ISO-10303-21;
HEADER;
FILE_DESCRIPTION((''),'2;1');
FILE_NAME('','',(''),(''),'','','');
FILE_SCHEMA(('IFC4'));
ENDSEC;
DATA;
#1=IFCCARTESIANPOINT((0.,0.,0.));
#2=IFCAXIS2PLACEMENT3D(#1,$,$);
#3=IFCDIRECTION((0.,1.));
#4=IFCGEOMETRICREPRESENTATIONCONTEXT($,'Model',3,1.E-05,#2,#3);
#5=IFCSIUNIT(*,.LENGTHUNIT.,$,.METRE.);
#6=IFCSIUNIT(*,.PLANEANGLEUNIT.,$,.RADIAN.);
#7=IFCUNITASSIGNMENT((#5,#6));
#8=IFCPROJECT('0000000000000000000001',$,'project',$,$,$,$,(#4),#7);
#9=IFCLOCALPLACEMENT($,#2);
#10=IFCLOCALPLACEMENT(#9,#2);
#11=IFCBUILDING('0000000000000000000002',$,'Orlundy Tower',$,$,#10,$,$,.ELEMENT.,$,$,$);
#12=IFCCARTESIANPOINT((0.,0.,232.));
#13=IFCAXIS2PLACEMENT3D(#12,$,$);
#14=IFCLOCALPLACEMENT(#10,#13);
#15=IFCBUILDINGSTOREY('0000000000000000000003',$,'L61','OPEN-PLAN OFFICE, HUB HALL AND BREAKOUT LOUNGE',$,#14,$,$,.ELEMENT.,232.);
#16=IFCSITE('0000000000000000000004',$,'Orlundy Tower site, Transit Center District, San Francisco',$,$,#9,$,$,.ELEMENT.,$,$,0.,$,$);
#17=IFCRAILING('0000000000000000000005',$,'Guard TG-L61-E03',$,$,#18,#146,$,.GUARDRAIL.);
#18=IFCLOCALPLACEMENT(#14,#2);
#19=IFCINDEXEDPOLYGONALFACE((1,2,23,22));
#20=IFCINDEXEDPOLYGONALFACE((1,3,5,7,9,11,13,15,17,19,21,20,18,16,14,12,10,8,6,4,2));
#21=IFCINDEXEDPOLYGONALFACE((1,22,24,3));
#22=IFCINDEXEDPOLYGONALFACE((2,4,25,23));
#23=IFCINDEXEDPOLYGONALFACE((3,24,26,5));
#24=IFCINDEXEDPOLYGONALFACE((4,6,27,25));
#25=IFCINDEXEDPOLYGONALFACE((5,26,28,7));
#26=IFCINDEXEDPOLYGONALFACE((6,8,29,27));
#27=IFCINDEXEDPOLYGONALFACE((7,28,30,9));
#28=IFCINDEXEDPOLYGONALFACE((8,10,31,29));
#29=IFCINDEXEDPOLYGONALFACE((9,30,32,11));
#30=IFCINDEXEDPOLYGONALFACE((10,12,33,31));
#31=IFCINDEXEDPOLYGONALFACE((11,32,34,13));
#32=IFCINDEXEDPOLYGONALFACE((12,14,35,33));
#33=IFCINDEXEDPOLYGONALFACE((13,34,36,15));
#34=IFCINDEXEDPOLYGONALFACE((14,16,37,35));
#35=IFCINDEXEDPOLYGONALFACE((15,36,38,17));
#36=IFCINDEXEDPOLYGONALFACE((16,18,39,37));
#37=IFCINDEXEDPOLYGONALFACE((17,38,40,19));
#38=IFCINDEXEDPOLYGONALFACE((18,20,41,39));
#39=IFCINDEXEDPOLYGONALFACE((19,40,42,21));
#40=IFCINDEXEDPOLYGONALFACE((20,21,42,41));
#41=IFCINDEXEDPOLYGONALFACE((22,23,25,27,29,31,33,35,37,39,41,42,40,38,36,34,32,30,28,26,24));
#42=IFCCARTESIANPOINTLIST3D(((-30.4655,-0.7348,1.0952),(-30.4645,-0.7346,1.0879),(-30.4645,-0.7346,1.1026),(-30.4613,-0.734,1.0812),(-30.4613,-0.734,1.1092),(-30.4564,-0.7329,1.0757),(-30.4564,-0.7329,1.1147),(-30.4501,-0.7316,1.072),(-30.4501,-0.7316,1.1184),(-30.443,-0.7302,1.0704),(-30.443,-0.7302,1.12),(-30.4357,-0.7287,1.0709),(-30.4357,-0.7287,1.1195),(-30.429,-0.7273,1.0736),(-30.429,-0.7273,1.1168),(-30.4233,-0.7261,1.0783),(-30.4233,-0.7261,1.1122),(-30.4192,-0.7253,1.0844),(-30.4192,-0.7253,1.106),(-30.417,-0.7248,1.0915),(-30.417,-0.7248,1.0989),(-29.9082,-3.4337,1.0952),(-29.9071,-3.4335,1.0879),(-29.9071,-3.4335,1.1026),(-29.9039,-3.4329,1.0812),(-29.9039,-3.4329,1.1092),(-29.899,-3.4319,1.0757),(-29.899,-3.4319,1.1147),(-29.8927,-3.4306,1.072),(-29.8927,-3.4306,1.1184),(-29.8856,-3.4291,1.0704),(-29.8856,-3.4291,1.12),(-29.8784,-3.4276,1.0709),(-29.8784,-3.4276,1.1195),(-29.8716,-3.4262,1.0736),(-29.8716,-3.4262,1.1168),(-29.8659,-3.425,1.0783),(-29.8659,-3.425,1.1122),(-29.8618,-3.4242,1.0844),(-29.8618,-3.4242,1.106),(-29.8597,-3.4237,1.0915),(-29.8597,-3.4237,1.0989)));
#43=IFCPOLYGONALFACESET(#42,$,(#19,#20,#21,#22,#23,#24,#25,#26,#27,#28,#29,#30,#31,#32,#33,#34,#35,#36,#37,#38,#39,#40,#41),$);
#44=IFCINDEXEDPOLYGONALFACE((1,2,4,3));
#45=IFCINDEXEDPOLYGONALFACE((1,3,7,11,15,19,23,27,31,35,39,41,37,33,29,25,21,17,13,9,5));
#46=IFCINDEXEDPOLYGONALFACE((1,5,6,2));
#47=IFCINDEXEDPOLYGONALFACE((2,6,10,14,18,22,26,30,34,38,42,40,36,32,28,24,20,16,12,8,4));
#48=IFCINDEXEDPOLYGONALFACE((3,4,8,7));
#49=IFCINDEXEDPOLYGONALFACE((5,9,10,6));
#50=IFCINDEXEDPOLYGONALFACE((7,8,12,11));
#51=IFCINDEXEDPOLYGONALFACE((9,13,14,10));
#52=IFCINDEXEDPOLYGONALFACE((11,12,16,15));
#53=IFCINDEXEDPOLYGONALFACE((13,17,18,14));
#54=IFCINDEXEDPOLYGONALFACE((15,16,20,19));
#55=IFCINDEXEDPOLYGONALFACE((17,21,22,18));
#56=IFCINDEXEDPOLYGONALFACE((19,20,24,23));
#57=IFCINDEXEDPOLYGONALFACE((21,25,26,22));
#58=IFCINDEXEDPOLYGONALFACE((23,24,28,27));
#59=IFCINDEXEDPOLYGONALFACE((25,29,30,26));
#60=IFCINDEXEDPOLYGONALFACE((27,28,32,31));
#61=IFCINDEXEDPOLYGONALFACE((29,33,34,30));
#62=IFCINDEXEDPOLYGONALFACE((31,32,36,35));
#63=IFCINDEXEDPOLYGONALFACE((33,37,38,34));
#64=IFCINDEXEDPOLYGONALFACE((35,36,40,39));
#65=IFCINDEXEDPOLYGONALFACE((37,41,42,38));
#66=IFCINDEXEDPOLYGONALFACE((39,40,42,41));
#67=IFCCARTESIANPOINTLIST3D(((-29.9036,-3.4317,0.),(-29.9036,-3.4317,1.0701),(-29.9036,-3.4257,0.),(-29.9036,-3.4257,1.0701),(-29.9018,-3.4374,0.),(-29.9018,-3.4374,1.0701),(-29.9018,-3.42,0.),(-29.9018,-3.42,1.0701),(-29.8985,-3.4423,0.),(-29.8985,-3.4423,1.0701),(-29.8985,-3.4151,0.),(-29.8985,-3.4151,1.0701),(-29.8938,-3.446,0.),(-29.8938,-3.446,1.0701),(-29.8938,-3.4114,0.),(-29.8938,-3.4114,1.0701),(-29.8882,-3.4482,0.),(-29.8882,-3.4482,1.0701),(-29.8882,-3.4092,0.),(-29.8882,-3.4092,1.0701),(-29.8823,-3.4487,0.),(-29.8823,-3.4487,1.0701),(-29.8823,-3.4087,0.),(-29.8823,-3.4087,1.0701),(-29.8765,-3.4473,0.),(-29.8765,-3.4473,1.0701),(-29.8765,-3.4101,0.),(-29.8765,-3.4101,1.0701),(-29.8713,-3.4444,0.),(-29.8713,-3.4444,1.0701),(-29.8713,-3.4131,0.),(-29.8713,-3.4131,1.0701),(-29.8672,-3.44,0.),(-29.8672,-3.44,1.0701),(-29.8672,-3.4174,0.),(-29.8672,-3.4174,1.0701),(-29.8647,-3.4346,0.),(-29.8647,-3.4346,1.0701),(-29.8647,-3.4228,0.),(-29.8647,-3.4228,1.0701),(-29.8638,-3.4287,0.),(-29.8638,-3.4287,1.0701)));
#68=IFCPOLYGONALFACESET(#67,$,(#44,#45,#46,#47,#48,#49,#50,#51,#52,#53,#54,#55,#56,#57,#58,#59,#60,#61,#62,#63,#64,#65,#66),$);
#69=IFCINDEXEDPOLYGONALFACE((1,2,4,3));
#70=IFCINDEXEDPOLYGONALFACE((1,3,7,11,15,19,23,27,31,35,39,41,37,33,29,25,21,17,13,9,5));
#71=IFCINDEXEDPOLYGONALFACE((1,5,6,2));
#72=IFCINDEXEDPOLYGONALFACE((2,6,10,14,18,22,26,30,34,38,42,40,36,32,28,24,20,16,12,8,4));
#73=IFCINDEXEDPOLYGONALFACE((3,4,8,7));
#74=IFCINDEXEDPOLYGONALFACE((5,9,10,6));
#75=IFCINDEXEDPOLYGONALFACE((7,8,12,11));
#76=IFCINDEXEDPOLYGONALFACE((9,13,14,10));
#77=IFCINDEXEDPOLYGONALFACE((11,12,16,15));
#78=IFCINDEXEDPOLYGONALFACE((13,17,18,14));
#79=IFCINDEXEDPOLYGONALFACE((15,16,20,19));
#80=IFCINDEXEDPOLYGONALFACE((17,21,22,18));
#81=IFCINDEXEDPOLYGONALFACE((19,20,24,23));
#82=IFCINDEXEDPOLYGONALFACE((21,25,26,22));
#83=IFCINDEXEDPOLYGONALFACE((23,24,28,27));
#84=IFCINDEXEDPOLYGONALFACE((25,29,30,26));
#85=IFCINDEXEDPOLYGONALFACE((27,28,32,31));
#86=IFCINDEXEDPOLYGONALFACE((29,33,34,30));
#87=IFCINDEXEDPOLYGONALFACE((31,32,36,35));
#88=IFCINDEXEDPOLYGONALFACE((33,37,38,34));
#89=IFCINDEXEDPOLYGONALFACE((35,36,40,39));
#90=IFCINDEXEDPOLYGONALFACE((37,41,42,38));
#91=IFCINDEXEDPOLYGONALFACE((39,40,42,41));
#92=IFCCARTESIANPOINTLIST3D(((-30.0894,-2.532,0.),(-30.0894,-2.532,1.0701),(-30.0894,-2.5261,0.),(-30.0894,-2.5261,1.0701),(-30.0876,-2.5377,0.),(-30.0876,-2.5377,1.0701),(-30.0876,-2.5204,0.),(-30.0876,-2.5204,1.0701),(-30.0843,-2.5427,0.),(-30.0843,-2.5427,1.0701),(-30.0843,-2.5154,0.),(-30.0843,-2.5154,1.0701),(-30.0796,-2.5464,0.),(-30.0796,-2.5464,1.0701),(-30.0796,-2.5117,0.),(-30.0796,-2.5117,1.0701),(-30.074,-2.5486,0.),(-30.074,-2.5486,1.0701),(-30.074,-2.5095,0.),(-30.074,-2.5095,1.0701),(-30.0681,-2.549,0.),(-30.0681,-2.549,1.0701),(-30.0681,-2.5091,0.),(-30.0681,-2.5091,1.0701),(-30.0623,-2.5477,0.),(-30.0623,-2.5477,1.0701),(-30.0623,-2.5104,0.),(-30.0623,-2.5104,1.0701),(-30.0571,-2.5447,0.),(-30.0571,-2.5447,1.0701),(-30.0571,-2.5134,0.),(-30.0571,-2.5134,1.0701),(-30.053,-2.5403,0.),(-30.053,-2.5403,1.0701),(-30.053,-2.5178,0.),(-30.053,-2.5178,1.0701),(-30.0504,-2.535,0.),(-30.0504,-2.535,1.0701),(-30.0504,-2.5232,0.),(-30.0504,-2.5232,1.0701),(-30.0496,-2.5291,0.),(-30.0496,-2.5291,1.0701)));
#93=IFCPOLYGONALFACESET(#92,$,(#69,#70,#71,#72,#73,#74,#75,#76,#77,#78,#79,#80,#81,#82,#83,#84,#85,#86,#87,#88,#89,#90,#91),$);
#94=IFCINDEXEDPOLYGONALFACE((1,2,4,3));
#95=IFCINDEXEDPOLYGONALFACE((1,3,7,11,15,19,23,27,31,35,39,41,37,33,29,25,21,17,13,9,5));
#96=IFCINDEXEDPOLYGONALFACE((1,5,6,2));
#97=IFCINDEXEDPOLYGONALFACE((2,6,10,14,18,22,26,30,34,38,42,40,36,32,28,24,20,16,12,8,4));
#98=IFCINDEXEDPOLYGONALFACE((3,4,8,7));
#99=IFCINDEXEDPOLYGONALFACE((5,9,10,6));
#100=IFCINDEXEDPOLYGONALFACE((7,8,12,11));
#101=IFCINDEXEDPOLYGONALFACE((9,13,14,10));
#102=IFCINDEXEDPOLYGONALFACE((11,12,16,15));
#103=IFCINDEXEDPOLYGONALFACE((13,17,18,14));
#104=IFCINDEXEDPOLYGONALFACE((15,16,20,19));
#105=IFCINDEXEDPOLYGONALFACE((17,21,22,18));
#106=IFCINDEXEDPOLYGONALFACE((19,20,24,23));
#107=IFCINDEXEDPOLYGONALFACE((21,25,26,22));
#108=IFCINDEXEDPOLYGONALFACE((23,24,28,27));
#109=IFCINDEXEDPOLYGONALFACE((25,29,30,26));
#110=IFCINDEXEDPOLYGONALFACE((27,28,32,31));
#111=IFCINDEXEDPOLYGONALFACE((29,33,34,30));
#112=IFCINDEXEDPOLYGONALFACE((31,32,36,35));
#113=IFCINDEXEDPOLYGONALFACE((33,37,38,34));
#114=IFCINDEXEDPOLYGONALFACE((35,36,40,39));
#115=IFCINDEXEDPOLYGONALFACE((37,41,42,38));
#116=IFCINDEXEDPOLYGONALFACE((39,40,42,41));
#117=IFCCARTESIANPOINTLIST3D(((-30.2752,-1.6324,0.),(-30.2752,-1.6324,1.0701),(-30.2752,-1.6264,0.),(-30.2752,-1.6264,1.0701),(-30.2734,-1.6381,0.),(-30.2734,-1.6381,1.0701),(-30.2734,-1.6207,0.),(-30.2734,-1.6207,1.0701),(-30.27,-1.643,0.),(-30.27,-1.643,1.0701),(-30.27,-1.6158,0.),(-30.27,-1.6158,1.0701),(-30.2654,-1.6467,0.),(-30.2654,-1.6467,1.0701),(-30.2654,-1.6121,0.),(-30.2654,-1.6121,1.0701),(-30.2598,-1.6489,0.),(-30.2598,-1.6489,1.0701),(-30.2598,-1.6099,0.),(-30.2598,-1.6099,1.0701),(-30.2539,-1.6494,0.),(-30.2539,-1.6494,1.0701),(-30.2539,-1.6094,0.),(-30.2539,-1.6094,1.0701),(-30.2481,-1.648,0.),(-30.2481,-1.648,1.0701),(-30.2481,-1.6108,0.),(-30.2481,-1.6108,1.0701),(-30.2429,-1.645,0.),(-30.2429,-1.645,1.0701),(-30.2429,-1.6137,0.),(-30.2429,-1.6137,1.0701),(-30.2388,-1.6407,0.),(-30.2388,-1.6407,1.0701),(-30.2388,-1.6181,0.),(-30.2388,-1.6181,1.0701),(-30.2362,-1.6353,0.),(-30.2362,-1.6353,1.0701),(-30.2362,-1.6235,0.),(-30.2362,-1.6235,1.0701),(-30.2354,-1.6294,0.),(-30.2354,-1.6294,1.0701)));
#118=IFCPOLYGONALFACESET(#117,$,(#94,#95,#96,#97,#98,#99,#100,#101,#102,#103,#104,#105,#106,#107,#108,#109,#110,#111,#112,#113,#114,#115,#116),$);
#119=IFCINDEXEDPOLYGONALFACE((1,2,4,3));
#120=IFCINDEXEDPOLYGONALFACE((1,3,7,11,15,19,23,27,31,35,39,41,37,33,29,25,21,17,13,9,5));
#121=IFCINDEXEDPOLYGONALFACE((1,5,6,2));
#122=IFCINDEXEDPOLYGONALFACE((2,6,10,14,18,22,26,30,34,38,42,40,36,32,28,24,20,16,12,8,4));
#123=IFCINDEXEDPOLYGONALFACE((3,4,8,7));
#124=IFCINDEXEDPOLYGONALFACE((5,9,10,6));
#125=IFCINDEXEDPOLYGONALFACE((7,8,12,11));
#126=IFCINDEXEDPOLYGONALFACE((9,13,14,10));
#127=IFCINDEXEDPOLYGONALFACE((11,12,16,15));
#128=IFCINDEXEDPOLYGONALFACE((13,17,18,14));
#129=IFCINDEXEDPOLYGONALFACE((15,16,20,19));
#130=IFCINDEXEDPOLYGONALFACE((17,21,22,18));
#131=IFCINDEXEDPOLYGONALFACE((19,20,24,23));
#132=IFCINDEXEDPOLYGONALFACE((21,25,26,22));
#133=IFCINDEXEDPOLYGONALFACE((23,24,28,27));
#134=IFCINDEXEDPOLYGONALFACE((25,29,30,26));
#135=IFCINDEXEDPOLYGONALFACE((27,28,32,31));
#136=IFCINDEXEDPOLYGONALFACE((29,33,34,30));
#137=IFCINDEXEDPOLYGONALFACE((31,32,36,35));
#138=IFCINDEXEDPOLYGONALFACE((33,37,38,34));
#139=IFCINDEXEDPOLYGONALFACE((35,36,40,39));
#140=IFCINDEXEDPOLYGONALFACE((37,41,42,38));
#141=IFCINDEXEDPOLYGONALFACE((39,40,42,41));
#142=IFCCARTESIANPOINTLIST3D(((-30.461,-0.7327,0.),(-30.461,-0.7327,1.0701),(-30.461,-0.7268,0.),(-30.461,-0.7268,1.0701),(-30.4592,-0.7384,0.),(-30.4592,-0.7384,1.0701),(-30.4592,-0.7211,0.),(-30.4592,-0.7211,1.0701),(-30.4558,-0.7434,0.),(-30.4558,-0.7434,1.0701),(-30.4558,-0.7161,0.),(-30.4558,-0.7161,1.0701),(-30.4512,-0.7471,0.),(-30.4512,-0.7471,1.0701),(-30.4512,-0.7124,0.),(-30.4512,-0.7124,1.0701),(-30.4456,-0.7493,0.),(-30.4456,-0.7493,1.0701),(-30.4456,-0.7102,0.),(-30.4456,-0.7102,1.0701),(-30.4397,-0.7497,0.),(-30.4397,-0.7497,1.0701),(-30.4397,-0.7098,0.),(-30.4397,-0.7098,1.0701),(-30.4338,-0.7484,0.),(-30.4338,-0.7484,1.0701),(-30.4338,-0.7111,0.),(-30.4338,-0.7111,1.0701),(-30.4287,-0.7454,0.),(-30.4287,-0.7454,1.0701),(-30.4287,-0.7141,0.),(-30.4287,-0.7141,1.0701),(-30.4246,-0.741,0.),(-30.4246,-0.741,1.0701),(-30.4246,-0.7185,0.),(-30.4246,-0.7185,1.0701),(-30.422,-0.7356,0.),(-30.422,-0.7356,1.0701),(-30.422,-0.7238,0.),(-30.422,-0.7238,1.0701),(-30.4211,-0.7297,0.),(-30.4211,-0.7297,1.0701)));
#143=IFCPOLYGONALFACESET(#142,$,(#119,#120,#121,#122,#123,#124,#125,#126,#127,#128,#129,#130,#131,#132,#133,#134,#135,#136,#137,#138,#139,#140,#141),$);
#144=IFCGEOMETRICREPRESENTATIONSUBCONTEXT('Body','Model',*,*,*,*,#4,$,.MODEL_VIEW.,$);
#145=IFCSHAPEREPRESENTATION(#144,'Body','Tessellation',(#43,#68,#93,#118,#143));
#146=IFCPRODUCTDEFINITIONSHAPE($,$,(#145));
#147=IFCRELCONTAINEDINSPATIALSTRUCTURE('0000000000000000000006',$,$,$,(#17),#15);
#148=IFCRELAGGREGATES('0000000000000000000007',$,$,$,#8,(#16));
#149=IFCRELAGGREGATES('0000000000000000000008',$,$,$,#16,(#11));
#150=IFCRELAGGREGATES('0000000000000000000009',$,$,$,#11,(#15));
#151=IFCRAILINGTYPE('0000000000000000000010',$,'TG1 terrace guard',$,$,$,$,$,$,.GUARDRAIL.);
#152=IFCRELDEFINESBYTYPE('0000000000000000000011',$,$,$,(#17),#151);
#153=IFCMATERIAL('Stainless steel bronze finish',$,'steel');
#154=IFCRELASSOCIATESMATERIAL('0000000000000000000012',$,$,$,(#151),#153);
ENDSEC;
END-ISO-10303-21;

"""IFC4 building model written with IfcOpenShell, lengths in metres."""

from ifc_helpers import new_model, si_unit, direction, frame, origin, origin_2d, place, context, subcontext, project, spatial, circle, extrude, material, type_object, element, save


model = new_model("IFC4")

# Units and contexts
model_context = context("Model", 3, precision=1e-05, world=origin(), true_north=direction((0.0, 1.0)))
body_context = subcontext(model_context, "Body", "Model", "MODEL_VIEW")
ifc_project = project(units=[si_unit("LENGTHUNIT", "METRE"), si_unit("PLANEANGLEUNIT", "RADIAN")], contexts=[model_context])

# Site, building, storey
site_placement = place(None, origin())
site = spatial("IfcSite", under=ifc_project, at=site_placement, Name="Orlundy Tower site, Transit Center District, San Francisco", CompositionType="ELEMENT", RefElevation=0.0)
building_placement = place(site_placement, origin())
building = spatial("IfcBuilding", under=site, at=building_placement, Name="Orlundy Tower", CompositionType="ELEMENT")
storey_placement = place(building_placement, frame((0.0, 0.0, 232.0)))
storey = spatial("IfcBuildingStorey", under=building, at=storey_placement, Name="L61", Description="OPEN-PLAN OFFICE, HUB HALL AND BREAKOUT LOUNGE", CompositionType="ELEMENT", Elevation=232.0)

# Railing
ifc_material_1 = material(Name="Stainless steel bronze finish", Category="steel")
railing_type_1 = type_object("IfcRailingType", Name="TG1 terrace guard", PredefinedType="GUARDRAIL", material=ifc_material_1)
railing_1_placement = place(storey_placement, frame((-29.8838, -3.4287, 0.0)))
element("IfcRailing", 1, at=railing_1_placement, inside=storey, type_object=railing_type_1, Name="Guard TG-L61-E03", PredefinedType="GUARDRAIL", context=body_context, shape_type="SweptSolid", body=[
    extrude(circle(Radius=0.0249, at=origin_2d()), frame((0.0, 0.0, 1.0952), z_axis=(-0.202245, 0.979335, 0.0), x_axis=(-0.979335, -0.202245, 0.0)), (0.0, 0.0, 1.0), 2.7559),
    extrude(circle(Radius=0.02, at=origin_2d()), origin(), (0.0, 0.0, 1.0), 1.0701),
    extrude(circle(Radius=0.02, at=origin_2d()), frame((-0.1858, 0.8997, 0.0)), (0.0, 0.0, 1.0), 1.0701),
    extrude(circle(Radius=0.02, at=origin_2d()), frame((-0.3716, 1.7993, 0.0)), (0.0, 0.0, 1.0), 1.0701),
    extrude(circle(Radius=0.02, at=origin_2d()), frame((-0.5574, 2.699, 0.0)), (0.0, 0.0, 1.0), 1.0701),
])

save(model, "model.ifc")
